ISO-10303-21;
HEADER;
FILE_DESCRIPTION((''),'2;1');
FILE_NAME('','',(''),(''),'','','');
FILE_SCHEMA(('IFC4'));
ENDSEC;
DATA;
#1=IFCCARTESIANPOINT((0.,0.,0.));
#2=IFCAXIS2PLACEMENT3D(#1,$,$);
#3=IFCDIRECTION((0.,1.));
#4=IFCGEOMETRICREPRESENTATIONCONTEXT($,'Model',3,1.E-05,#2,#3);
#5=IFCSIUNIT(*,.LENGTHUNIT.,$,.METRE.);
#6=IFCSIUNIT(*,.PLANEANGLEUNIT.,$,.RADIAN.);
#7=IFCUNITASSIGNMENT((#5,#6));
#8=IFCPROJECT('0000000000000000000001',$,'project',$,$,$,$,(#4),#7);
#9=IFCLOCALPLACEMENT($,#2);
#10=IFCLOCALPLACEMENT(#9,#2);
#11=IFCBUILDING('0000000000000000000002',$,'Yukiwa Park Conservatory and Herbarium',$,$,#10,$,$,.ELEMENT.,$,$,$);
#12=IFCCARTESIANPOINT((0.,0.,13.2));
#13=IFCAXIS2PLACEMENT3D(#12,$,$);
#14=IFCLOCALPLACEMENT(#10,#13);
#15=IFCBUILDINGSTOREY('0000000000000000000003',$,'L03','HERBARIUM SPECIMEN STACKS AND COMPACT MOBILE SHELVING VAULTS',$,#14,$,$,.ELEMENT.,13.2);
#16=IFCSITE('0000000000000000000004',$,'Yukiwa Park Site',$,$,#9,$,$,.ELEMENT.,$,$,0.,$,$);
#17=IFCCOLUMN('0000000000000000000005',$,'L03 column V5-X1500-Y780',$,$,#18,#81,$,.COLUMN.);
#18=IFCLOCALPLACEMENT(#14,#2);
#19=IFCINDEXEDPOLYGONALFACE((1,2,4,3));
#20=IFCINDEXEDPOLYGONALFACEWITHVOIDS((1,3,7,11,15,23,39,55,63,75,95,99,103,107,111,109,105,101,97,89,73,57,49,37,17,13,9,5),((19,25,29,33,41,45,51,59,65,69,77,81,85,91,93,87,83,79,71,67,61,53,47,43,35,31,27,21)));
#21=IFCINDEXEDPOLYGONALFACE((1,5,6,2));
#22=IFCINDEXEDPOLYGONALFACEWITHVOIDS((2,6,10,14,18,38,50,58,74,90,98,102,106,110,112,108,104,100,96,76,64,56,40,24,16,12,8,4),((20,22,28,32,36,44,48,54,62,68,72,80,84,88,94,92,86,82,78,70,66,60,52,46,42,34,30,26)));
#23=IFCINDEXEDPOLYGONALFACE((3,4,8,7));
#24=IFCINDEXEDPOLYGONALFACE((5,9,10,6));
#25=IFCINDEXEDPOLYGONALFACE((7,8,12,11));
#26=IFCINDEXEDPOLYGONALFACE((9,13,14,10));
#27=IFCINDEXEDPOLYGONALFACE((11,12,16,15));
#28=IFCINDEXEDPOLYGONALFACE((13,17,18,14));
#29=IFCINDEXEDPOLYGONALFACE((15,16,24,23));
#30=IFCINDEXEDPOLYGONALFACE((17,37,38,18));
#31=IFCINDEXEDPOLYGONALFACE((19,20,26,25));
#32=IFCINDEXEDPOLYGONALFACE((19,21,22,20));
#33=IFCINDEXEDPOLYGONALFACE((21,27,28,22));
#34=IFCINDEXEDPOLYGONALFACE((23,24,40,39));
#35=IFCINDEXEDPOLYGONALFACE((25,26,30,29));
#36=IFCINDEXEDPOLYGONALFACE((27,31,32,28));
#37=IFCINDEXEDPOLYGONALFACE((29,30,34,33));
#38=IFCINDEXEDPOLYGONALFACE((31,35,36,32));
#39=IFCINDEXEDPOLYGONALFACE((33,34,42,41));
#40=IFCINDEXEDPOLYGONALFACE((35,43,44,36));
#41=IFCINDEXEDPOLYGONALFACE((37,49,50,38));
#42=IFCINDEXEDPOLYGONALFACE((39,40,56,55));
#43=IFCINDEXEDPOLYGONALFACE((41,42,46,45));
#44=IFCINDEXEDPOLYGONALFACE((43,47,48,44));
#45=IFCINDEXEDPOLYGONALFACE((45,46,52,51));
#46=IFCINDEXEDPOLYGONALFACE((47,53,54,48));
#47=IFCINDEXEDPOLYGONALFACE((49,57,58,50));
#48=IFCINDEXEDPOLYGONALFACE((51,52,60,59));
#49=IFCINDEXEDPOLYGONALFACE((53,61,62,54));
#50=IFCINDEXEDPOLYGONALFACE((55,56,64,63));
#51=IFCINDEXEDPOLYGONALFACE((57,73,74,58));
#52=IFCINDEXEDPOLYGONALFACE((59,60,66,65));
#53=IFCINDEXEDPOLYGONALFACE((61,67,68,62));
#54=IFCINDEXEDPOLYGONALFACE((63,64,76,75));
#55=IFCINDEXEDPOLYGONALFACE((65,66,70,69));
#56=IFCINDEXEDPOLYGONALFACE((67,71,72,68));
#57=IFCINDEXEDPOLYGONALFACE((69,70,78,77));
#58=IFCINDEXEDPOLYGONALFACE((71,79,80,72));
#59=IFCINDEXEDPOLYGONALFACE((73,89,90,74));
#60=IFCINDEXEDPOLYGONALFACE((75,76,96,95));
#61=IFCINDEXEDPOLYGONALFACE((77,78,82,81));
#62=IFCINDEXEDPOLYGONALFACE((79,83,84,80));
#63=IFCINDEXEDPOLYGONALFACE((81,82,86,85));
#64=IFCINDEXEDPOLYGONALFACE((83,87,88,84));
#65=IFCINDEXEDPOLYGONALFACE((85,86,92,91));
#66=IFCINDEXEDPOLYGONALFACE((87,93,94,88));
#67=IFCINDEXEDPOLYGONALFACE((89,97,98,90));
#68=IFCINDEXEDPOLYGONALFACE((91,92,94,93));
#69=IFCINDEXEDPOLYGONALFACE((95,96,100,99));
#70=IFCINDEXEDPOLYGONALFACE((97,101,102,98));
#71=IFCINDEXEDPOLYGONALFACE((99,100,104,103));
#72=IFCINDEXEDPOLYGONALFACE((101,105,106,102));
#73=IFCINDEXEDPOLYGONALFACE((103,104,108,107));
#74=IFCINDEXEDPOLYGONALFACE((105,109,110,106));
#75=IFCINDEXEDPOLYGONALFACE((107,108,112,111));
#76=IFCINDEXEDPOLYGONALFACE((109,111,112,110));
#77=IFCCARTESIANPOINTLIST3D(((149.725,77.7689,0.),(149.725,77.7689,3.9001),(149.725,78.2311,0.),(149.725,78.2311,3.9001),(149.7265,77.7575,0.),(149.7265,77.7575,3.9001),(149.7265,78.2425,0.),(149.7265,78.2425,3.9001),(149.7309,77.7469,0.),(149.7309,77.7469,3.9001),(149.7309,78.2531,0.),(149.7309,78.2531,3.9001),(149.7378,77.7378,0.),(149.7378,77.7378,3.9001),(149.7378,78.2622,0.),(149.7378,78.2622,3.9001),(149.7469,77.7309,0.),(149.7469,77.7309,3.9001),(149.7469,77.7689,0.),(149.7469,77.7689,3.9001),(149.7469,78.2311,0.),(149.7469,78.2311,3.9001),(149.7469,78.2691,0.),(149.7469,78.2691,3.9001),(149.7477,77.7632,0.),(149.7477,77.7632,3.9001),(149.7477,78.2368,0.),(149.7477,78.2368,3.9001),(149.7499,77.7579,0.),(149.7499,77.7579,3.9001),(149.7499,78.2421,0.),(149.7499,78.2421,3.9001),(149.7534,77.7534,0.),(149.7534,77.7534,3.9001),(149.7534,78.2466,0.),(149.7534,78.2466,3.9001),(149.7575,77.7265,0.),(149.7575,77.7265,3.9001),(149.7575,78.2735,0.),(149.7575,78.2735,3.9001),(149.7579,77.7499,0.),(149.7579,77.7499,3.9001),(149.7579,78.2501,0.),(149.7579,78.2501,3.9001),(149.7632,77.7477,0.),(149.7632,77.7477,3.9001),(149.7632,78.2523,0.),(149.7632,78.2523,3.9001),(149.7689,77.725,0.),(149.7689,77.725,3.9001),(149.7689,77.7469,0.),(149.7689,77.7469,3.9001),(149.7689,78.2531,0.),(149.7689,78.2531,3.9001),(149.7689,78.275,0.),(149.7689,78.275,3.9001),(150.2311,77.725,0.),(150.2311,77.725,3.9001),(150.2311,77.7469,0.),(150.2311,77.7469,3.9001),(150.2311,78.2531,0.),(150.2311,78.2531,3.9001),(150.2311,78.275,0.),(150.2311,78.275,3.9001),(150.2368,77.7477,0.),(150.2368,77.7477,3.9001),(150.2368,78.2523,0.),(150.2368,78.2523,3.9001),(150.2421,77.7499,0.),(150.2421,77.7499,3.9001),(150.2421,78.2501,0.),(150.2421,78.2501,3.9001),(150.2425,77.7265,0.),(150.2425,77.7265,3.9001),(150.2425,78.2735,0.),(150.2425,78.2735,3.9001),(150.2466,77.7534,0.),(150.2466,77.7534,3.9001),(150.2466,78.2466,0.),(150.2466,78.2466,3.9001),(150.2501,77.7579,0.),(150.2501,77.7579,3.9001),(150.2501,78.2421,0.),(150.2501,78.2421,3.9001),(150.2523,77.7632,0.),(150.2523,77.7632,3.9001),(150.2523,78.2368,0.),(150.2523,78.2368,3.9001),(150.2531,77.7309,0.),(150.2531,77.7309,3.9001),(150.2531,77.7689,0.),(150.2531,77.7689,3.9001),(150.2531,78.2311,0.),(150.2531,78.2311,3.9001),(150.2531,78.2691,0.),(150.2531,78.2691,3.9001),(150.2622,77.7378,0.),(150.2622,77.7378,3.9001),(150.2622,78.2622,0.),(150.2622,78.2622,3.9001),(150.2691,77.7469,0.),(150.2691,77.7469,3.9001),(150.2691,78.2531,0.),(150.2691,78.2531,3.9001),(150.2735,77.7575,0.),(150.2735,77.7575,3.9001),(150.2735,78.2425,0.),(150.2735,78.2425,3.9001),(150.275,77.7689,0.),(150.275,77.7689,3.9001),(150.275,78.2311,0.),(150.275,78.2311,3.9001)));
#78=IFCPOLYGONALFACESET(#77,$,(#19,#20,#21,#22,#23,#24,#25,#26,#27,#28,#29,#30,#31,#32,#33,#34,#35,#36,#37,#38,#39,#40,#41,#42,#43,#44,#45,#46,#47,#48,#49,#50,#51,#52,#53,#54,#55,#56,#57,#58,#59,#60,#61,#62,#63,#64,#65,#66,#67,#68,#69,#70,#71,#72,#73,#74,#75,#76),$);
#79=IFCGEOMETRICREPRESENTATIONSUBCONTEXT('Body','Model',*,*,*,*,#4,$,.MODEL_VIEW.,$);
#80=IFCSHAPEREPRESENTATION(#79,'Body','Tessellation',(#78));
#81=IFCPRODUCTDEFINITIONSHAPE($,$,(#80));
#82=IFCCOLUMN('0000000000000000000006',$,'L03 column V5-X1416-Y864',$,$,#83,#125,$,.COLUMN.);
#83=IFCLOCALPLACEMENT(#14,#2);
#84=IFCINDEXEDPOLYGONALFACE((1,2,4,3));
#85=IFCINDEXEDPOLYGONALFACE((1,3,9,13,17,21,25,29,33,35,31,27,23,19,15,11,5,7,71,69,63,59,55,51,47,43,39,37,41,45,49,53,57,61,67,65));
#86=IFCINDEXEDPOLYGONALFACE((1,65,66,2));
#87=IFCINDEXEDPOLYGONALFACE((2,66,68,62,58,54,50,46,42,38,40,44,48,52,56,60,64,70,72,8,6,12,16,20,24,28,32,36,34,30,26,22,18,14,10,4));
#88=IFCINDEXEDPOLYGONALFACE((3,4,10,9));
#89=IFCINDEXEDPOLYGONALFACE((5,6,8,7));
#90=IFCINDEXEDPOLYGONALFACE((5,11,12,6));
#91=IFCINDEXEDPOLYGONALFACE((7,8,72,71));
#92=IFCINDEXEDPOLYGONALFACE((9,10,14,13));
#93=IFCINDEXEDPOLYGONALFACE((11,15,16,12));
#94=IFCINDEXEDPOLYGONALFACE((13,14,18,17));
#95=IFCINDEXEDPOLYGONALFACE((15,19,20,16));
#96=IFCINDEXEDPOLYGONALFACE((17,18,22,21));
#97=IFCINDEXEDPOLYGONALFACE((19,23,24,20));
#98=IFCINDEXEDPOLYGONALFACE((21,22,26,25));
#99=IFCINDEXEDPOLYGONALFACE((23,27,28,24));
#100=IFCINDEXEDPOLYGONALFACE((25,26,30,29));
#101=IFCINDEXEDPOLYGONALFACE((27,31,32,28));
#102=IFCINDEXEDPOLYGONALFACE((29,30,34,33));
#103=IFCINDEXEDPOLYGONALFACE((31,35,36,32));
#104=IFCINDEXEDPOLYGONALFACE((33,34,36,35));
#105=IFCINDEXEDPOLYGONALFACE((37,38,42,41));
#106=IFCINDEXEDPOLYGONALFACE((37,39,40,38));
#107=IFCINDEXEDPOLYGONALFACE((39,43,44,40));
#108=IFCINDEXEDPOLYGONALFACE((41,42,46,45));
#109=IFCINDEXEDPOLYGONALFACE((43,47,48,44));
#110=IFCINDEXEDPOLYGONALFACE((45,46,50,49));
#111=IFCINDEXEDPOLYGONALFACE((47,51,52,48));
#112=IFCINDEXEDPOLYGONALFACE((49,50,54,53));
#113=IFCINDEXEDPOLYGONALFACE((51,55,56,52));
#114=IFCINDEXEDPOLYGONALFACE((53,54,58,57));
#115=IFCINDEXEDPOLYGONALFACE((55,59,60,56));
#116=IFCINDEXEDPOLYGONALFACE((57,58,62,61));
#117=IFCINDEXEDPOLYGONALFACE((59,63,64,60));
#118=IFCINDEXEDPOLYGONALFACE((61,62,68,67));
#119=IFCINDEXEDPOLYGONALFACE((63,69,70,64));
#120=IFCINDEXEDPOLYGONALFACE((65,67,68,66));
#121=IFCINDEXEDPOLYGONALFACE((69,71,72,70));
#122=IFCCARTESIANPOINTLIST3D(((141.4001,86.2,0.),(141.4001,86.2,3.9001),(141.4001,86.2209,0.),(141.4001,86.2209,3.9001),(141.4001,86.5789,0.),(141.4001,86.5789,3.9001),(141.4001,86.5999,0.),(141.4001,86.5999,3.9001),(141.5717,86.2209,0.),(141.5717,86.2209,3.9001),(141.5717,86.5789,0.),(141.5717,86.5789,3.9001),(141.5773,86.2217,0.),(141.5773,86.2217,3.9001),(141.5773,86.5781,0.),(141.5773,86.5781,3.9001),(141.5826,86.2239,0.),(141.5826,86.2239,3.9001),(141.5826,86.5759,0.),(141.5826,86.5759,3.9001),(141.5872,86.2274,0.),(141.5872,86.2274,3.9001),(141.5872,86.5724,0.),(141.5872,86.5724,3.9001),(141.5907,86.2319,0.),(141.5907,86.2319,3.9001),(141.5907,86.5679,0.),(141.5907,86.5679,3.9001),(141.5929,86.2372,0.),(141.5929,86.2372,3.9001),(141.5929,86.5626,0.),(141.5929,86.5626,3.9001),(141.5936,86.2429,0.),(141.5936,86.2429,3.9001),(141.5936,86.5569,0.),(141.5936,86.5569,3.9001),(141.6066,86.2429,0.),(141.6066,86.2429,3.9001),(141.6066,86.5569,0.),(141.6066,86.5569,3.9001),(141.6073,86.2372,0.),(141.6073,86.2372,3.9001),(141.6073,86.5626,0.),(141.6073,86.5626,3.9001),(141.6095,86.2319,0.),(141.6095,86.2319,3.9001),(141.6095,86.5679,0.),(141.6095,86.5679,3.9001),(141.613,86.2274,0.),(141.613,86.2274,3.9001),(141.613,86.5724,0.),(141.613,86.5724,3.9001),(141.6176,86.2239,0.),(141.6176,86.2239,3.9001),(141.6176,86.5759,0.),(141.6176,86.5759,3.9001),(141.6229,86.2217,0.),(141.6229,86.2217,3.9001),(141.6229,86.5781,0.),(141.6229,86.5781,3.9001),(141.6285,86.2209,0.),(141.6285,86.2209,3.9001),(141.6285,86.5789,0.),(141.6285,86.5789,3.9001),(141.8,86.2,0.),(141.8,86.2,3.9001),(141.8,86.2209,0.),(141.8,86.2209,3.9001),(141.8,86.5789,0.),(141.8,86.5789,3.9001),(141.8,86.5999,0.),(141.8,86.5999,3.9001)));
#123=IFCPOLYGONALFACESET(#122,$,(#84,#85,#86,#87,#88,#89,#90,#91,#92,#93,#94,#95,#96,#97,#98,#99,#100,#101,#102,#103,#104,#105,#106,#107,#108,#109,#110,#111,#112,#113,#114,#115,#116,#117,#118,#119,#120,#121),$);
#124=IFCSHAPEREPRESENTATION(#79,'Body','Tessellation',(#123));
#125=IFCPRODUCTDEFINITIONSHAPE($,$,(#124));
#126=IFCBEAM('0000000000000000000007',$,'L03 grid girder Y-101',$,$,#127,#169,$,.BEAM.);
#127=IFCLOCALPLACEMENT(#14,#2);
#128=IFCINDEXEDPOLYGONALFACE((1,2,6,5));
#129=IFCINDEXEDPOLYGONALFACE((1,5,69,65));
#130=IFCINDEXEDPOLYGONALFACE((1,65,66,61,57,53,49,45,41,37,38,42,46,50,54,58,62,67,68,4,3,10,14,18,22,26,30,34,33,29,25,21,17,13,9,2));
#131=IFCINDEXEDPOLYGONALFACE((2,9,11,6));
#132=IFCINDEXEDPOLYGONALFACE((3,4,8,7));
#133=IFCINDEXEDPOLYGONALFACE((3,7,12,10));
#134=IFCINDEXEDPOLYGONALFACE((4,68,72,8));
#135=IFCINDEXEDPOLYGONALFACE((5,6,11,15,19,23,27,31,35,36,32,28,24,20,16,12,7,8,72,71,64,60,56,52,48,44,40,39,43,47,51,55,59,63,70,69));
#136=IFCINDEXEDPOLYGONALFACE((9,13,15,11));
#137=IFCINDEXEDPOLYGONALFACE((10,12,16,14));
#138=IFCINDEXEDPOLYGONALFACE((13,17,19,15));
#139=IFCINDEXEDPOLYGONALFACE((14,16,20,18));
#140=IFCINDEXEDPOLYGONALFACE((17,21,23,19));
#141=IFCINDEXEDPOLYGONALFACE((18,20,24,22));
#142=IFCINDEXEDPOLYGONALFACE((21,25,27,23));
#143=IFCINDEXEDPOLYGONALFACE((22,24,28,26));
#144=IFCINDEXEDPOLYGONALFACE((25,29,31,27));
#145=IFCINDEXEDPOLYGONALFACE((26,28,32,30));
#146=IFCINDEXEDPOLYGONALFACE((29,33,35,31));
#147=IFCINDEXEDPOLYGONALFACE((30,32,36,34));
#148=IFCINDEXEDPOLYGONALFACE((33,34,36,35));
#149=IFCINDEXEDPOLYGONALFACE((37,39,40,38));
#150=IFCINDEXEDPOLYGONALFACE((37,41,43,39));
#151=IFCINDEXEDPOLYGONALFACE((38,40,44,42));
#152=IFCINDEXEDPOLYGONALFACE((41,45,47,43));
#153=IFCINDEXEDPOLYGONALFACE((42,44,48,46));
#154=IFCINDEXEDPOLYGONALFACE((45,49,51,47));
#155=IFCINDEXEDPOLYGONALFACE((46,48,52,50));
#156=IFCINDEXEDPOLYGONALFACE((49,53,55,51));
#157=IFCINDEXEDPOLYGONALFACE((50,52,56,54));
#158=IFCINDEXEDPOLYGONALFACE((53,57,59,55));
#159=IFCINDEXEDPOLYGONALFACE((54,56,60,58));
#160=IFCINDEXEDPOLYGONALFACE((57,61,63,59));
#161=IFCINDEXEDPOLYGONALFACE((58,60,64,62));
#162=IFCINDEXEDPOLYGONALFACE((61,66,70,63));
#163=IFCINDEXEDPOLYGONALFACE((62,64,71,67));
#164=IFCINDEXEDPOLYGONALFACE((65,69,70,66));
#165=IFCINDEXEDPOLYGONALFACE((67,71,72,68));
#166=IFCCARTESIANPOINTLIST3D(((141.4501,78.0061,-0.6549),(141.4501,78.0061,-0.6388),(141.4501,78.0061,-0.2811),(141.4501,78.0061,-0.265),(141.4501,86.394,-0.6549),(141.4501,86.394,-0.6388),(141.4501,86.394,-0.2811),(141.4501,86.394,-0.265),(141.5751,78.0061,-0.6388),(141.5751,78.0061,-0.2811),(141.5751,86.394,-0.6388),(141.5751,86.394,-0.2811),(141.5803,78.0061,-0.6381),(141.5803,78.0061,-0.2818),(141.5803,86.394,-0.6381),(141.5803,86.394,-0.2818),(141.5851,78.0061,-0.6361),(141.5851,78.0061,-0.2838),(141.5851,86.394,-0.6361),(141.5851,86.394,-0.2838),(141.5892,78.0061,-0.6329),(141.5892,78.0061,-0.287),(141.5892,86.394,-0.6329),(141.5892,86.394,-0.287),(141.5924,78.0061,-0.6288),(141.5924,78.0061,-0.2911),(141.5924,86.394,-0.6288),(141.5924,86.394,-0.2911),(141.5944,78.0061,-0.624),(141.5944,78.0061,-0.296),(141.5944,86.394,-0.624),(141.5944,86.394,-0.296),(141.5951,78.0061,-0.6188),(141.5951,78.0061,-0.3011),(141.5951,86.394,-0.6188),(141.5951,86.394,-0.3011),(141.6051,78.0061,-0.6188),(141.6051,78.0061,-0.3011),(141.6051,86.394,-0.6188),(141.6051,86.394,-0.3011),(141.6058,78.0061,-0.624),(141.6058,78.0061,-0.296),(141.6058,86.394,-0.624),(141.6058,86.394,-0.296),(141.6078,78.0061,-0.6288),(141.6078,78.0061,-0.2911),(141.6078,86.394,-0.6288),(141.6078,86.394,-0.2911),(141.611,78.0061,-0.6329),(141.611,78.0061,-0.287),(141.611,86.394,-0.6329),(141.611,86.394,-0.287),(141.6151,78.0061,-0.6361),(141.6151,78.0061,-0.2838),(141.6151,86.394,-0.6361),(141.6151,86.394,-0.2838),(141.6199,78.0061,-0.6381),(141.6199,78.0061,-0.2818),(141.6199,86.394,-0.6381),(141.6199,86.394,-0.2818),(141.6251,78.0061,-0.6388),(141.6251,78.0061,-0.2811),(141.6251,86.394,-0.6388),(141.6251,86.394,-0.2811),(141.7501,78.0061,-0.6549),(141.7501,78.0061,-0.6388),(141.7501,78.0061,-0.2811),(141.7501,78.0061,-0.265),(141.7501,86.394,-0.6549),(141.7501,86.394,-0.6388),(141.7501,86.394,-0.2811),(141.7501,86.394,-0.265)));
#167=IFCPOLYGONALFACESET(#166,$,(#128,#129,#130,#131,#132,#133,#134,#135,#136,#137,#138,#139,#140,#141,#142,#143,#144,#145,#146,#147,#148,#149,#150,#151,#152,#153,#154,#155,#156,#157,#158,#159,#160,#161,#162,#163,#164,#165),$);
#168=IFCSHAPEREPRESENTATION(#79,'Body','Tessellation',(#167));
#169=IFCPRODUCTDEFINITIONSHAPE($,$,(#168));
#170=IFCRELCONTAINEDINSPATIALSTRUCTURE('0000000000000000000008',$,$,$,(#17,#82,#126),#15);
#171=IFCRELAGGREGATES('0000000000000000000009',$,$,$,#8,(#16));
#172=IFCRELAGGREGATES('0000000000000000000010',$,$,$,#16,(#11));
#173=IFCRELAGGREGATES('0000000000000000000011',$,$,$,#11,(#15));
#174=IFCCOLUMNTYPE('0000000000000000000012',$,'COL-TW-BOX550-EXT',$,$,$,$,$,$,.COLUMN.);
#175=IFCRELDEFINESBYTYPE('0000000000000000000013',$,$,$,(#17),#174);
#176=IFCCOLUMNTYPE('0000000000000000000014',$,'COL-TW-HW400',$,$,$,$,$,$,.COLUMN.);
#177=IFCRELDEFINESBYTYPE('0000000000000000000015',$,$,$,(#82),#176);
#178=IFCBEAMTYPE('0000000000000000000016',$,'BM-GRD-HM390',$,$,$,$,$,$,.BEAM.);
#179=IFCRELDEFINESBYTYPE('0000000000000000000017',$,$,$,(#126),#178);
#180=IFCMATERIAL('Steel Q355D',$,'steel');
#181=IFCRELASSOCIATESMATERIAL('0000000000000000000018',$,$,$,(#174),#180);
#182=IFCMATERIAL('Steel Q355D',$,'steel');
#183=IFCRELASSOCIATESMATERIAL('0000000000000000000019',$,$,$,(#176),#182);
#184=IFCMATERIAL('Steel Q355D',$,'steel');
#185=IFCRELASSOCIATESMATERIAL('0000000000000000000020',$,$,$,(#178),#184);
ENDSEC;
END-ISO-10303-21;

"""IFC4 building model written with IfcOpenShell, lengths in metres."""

from ifc_helpers import new_model, si_unit, direction, frame, origin, origin_2d, place, context, subcontext, project, spatial, hollow_rectangle, i_section, extrude, material, material_profile, profile_set, type_object, element, save


model = new_model("IFC4")

# Units and contexts
model_context = context("Model", 3, precision=1e-05, world=origin(), true_north=direction((0.0, 1.0)))
body_context = subcontext(model_context, "Body", "Model", "MODEL_VIEW")
ifc_project = project(units=[si_unit("LENGTHUNIT", "METRE"), si_unit("PLANEANGLEUNIT", "RADIAN")], contexts=[model_context])

# Site, building, storey
site_placement = place(None, origin())
site = spatial("IfcSite", under=ifc_project, at=site_placement, Name="Yukiwa Park Site", CompositionType="ELEMENT", RefElevation=0.0)
building_placement = place(site_placement, origin())
building = spatial("IfcBuilding", under=site, at=building_placement, Name="Yukiwa Park Conservatory and Herbarium", CompositionType="ELEMENT")
storey_placement = place(building_placement, frame((0.0, 0.0, 13.2)))
storey = spatial("IfcBuildingStorey", under=building, at=storey_placement, Name="L03", Description="HERBARIUM SPECIMEN STACKS AND COMPACT MOBILE SHELVING VAULTS", CompositionType="ELEMENT", Elevation=13.2)

# Columns
ifc_material_1 = material(Name="Steel Q355D", Category="steel")
ifc_material_profile_1 = material_profile(ifc_material_1, hollow_rectangle(XDim=0.55, YDim=0.55, WallThickness=0.022, InnerFilletRadius=0.022, OuterFilletRadius=0.0439, at=origin_2d()), Name="BOX 550x550x22")
ifc_profile_set_1 = profile_set([ifc_material_profile_1], Name="Steel Q355D")
column_type_1 = type_object("IfcColumnType", Name="COL-TW-BOX550-EXT", PredefinedType="COLUMN", material=ifc_profile_set_1)
column_1_placement = place(storey_placement, frame((150.0, 78.0, 0.0), z_axis=(0.0, 0.0, 1.0), x_axis=(1.0, 0.0, 0.0)))
element("IfcColumn", 1, at=column_1_placement, inside=storey, type_object=column_type_1, Name="L03 column V5-X1500-Y780", PredefinedType="COLUMN", context=body_context, shape_type="SweptSolid", body=[
    extrude(hollow_rectangle(XDim=0.55, YDim=0.55, WallThickness=0.022, InnerFilletRadius=0.022, OuterFilletRadius=0.0439, at=origin_2d()), origin(), (0.0, 0.0, 1.0), 3.9001),
])
ifc_material_2 = material(Name="Steel Q355D", Category="steel")
ifc_material_profile_2 = material_profile(ifc_material_2, i_section(OverallWidth=0.3999, OverallDepth=0.3999, WebThickness=0.0129, FlangeThickness=0.021, FilletRadius=0.022, at=origin_2d()), Name="HW 400x400x13x21")
ifc_profile_set_2 = profile_set([ifc_material_profile_2], Name="Steel Q355D")
column_type_2 = type_object("IfcColumnType", Name="COL-TW-HW400", PredefinedType="COLUMN", material=ifc_profile_set_2)
column_2_placement = place(storey_placement, frame((141.6001, 86.3999, 0.0), z_axis=(0.0, 0.0, 1.0), x_axis=(1.0, 0.0, 0.0)))
element("IfcColumn", 2, at=column_2_placement, inside=storey, type_object=column_type_2, Name="L03 column V5-X1416-Y864", PredefinedType="COLUMN", context=body_context, shape_type="SweptSolid", body=[
    extrude(i_section(OverallWidth=0.3999, OverallDepth=0.3999, WebThickness=0.0129, FlangeThickness=0.021, FilletRadius=0.022, at=origin_2d()), origin(), (0.0, 0.0, 1.0), 3.9001),
])

# Beam
ifc_material_3 = material(Name="Steel Q355D", Category="steel")
ifc_material_profile_3 = material_profile(ifc_material_3, i_section(OverallWidth=0.3, OverallDepth=0.3899, WebThickness=0.01, FlangeThickness=0.0161, FilletRadius=0.02, at=origin_2d()), Name="HM 390x300x10x16")
ifc_profile_set_3 = profile_set([ifc_material_profile_3], Name="Steel Q355D")
beam_type_1 = type_object("IfcBeamType", Name="BM-GRD-HM390", PredefinedType="BEAM", material=ifc_profile_set_3)
for number, where, z_axis, x_axis, name in (
    (3, (141.6001, 78.0061, -0.46), (0.0, 1.0, 0.0), (-1.0, 0.0, 0.0), "L03 grid girder Y-101"),
):
    element("IfcBeam", number, at=place(storey_placement, frame(where, z_axis=z_axis, x_axis=x_axis)), inside=storey, type_object=beam_type_1, Name=name, PredefinedType="BEAM", context=body_context, shape_type="SweptSolid", body=[
        extrude(i_section(OverallWidth=0.3, OverallDepth=0.3899, WebThickness=0.01, FlangeThickness=0.0161, FilletRadius=0.02, at=origin_2d()), origin(), (0.0, 0.0, 1.0), 8.3879),
    ])

save(model, "model.ifc")
